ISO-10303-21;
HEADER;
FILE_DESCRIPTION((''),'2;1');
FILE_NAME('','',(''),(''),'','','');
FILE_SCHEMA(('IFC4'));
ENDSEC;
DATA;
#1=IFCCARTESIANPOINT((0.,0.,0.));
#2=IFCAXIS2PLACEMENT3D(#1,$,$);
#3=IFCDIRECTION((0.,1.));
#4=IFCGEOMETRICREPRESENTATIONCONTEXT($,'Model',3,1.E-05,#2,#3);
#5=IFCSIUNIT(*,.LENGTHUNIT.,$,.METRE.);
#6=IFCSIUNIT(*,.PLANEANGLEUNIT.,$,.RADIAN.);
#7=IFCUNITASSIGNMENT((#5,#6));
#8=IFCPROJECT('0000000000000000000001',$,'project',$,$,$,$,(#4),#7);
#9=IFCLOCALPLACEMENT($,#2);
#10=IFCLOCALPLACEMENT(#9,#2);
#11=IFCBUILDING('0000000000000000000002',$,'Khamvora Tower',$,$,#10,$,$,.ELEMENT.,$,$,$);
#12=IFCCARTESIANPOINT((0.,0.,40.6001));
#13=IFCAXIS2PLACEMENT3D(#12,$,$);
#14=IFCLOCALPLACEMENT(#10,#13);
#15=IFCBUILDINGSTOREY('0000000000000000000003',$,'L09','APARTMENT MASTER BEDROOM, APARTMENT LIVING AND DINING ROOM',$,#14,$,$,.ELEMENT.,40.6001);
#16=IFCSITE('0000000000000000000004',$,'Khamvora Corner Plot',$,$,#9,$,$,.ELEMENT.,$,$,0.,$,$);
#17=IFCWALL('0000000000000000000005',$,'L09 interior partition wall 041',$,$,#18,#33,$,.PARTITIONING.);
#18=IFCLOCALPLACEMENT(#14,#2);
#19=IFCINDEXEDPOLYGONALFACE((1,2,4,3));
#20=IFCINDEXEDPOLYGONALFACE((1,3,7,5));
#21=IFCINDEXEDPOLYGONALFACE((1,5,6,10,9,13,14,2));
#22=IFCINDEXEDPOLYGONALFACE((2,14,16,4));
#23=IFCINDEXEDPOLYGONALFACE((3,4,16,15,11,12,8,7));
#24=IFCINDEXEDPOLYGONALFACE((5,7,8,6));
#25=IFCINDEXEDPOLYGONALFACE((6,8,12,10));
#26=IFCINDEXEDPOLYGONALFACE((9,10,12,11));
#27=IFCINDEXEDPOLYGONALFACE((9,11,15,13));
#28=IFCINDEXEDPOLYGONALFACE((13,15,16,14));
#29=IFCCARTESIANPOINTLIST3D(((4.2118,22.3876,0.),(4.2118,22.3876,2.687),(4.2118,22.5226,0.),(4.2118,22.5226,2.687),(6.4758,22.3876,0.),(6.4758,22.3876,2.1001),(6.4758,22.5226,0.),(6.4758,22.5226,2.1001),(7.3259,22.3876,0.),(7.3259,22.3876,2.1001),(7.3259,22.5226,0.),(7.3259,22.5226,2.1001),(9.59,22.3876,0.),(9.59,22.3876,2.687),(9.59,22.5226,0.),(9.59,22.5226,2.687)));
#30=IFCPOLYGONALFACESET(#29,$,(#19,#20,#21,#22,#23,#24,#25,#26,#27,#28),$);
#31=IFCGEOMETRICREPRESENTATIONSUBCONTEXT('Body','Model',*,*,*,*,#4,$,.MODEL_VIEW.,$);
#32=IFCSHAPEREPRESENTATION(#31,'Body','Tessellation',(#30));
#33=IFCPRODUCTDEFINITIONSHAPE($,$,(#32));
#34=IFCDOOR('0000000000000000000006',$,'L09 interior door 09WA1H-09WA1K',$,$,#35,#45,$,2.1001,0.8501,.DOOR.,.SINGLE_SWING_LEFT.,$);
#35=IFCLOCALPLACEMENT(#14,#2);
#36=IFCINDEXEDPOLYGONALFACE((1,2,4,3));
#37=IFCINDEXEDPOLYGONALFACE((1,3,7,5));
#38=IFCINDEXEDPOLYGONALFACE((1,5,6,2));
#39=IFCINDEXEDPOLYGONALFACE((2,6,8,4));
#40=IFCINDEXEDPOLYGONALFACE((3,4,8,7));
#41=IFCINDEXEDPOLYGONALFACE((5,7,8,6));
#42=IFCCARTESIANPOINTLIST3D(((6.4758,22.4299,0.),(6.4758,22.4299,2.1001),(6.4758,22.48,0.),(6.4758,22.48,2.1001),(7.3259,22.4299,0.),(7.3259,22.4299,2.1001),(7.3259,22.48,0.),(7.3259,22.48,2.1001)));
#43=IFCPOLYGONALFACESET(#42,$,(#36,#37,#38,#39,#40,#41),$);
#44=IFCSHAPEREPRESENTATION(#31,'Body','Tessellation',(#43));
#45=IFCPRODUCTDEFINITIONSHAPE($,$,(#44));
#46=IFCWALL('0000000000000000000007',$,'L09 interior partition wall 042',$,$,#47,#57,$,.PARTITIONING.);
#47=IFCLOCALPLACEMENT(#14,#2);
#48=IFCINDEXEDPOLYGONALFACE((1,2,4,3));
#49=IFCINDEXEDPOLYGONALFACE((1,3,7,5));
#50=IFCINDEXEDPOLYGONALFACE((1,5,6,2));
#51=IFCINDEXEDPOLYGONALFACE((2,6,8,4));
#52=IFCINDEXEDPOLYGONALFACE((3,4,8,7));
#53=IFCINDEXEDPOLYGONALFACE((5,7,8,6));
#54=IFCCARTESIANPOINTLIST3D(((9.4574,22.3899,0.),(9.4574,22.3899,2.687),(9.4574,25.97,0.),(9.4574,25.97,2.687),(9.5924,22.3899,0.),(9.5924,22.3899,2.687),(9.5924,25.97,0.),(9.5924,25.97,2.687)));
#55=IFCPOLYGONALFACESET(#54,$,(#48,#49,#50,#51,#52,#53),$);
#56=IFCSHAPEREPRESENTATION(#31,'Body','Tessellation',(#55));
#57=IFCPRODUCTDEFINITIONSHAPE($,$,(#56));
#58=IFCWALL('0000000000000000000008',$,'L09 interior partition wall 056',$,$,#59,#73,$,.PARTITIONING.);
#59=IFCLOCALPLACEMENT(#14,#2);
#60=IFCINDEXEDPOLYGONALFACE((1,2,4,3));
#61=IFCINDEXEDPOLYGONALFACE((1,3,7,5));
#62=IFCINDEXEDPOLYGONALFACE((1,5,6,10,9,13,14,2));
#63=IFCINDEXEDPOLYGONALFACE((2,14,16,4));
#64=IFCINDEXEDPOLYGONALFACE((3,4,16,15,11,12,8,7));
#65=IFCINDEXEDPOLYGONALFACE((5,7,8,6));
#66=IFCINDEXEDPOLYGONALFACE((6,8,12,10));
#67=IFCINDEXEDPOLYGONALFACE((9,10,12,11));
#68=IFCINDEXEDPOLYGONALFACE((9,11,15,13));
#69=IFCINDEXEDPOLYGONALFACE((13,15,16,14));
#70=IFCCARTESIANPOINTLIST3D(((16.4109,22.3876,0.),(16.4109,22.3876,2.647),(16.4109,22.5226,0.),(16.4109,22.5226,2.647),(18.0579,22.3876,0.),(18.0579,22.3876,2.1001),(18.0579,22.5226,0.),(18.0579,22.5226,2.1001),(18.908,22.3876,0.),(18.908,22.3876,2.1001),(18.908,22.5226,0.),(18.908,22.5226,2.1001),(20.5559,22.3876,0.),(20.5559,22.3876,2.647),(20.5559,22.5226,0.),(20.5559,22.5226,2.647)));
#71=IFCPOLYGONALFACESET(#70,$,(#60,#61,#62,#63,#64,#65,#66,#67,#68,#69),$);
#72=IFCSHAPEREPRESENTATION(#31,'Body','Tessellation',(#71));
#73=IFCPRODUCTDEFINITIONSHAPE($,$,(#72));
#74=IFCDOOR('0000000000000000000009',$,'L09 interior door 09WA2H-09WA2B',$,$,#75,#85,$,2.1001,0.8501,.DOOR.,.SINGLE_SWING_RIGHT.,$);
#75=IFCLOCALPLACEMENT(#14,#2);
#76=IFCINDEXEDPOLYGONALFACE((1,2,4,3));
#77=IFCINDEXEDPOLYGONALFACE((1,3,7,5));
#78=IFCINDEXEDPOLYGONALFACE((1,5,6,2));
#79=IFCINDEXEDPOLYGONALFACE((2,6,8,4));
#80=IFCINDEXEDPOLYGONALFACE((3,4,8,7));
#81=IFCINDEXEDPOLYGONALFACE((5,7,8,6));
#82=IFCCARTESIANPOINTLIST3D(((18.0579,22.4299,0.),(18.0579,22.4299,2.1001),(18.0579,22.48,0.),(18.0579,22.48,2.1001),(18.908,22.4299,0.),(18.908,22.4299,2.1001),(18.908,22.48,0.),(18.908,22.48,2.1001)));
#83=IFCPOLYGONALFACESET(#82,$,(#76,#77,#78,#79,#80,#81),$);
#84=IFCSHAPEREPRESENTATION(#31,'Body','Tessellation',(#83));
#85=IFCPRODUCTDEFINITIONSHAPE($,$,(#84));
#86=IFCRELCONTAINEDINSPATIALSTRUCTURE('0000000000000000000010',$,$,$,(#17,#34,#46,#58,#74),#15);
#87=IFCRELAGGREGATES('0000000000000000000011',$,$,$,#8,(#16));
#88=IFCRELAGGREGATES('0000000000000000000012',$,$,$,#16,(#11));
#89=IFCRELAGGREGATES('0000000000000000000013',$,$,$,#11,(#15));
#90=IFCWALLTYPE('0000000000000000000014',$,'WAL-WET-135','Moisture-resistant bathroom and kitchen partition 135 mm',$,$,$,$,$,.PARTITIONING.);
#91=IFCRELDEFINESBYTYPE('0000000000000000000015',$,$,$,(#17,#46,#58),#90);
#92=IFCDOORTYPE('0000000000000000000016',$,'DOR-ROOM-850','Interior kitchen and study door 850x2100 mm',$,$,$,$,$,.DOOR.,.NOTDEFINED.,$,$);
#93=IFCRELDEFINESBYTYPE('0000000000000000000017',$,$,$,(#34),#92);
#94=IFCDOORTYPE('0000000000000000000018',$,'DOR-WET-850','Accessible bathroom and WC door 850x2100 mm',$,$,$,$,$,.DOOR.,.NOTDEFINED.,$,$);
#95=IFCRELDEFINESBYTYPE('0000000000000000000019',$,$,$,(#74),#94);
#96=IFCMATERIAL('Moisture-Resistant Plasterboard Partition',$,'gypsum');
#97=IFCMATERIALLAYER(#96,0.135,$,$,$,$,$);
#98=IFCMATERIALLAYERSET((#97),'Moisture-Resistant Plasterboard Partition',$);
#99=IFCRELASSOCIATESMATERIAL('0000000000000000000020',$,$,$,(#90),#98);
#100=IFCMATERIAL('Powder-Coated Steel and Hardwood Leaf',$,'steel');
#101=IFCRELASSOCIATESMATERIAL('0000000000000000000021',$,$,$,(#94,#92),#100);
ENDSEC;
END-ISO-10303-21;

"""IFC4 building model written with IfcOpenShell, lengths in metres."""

from ifc_helpers import new_model, si_unit, direction, frame, frame_2d, origin, place, context, subcontext, project, spatial, rectangle, extrude, material, layer, layer_set, type_object, element, fill, save


model = new_model("IFC4")

# Units and contexts
model_context = context("Model", 3, precision=1e-05, world=origin(), true_north=direction((0.0, 1.0)))
body_context = subcontext(model_context, "Body", "Model", "MODEL_VIEW")
ifc_project = project(units=[si_unit("LENGTHUNIT", "METRE"), si_unit("PLANEANGLEUNIT", "RADIAN")], contexts=[model_context])

# Site, building, storey
site_placement = place(None, origin())
site = spatial("IfcSite", under=ifc_project, at=site_placement, Name="Khamvora Corner Plot", CompositionType="ELEMENT", RefElevation=0.0)
building_placement = place(site_placement, origin())
building = spatial("IfcBuilding", under=site, at=building_placement, Name="Khamvora Tower", CompositionType="ELEMENT")
storey_placement = place(building_placement, frame((0.0, 0.0, 40.6001)))
storey = spatial("IfcBuildingStorey", under=building, at=storey_placement, Name="L09", Description="APARTMENT MASTER BEDROOM, APARTMENT LIVING AND DINING ROOM", CompositionType="ELEMENT", Elevation=40.6001)

# Shared definitions
ifc_material_1 = material(Name="Powder-Coated Steel and Hardwood Leaf", Category="steel")

# Shared definitions
ifc_material_2 = material(Name="Moisture-Resistant Plasterboard Partition", Category="gypsum")
ifc_layer_1 = layer(ifc_material_2, 0.135)
ifc_layer_set_1 = layer_set([ifc_layer_1], Name="Moisture-Resistant Plasterboard Partition")
wall_type_1 = type_object("IfcWallType", Name="WAL-WET-135", Description="Moisture-resistant bathroom and kitchen partition 135 mm", PredefinedType="PARTITIONING", material=ifc_layer_set_1)

# Wall, opening, door
door_type_1 = type_object("IfcDoorType", Name="DOR-WET-850", Description="Accessible bathroom and WC door 850x2100 mm", OperationType="NOTDEFINED", PredefinedType="DOOR", material=ifc_material_1)
wall_1_placement = place(storey_placement, frame((4.2119, 22.4551, 0.0), z_axis=(0.0, 0.0, 1.0), x_axis=(1.0, 0.0, 0.0)))
wall_1 = element("IfcWall", 1, at=wall_1_placement, inside=storey, type_object=wall_type_1, Name="L09 interior partition wall 041", PredefinedType="PARTITIONING", context=body_context, shape_type="SweptSolid", body=[
    extrude(rectangle(XDim=5.3782, YDim=0.135, at=frame_2d((2.689, 0.0))), origin(), (0.0, 0.0, 1.0), 2.687),
])
opening_1_placement = place(wall_1_placement, frame((2.2639, 0.0, 0.0)))
opening_1 = element("IfcOpeningElement", 2, at=opening_1_placement, cuts=wall_1, PredefinedType="OPENING", context=body_context, shape_type="SweptSolid", body=[
    extrude(rectangle(XDim=0.8501, YDim=2.1001, at=frame_2d((0.425, 1.05))), frame((0.0, 0.0774, 0.0), z_axis=(0.0, -1.0, 0.0), x_axis=(1.0, 0.0, 0.0)), (0.0, 0.0, 1.0), 0.155),
])
door_type_2 = type_object("IfcDoorType", Name="DOR-ROOM-850", Description="Interior kitchen and study door 850x2100 mm", OperationType="NOTDEFINED", PredefinedType="DOOR", material=ifc_material_1)
door_1_placement = place(opening_1_placement, origin())
door_1 = element("IfcDoor", 3, at=door_1_placement, inside=storey, type_object=door_type_2, Name="L09 interior door 09WA1H-09WA1K", OperationType="SINGLE_SWING_LEFT", OverallHeight=2.1001, OverallWidth=0.8501, PredefinedType="DOOR", context=body_context, shape_type="SweptSolid", body=[
    extrude(rectangle(XDim=0.8501, YDim=2.1001, at=frame_2d((0.425, 1.05))), frame((0.0, 0.0249, 0.0), z_axis=(0.0, -1.0, 0.0), x_axis=(1.0, 0.0, 0.0)), (0.0, 0.0, 1.0), 0.05),
])
fill(opening_1, door_1)

# Wall
wall_2_placement = place(storey_placement, frame((9.5249, 22.3899, 0.0), z_axis=(0.0, 0.0, 1.0), x_axis=(0.0, 1.0, 0.0)))
element("IfcWall", 4, at=wall_2_placement, inside=storey, type_object=wall_type_1, Name="L09 interior partition wall 042", PredefinedType="PARTITIONING", context=body_context, shape_type="SweptSolid", body=[
    extrude(rectangle(XDim=3.5801, YDim=0.135, at=frame_2d((1.79, 0.0))), origin(), (0.0, 0.0, 1.0), 2.687),
])

# Wall, opening, door
wall_3_placement = place(storey_placement, frame((16.4109, 22.4551, 0.0), z_axis=(0.0, 0.0, 1.0), x_axis=(1.0, 0.0, 0.0)))
wall_3 = element("IfcWall", 5, at=wall_3_placement, inside=storey, type_object=wall_type_1, Name="L09 interior partition wall 056", PredefinedType="PARTITIONING", context=body_context, shape_type="SweptSolid", body=[
    extrude(rectangle(XDim=4.145, YDim=0.135, at=frame_2d((2.0725, 0.0))), origin(), (0.0, 0.0, 1.0), 2.647),
])
opening_2_placement = place(wall_3_placement, frame((1.647, 0.0, 0.0)))
opening_2 = element("IfcOpeningElement", 6, at=opening_2_placement, cuts=wall_3, PredefinedType="OPENING", context=body_context, shape_type="SweptSolid", body=[
    extrude(rectangle(XDim=0.8501, YDim=2.1001, at=frame_2d((0.425, 1.05))), frame((0.0, 0.0774, 0.0), z_axis=(0.0, -1.0, 0.0), x_axis=(1.0, 0.0, 0.0)), (0.0, 0.0, 1.0), 0.155),
])
door_2_placement = place(opening_2_placement, origin())
door_2 = element("IfcDoor", 7, at=door_2_placement, inside=storey, type_object=door_type_1, Name="L09 interior door 09WA2H-09WA2B", OperationType="SINGLE_SWING_RIGHT", OverallHeight=2.1001, OverallWidth=0.8501, PredefinedType="DOOR", context=body_context, shape_type="SweptSolid", body=[
    extrude(rectangle(XDim=0.8501, YDim=2.1001, at=frame_2d((0.425, 1.05))), frame((0.0, 0.0249, 0.0), z_axis=(0.0, -1.0, 0.0), x_axis=(1.0, 0.0, 0.0)), (0.0, 0.0, 1.0), 0.05),
])
fill(opening_2, door_2)

save(model, "model.ifc")
